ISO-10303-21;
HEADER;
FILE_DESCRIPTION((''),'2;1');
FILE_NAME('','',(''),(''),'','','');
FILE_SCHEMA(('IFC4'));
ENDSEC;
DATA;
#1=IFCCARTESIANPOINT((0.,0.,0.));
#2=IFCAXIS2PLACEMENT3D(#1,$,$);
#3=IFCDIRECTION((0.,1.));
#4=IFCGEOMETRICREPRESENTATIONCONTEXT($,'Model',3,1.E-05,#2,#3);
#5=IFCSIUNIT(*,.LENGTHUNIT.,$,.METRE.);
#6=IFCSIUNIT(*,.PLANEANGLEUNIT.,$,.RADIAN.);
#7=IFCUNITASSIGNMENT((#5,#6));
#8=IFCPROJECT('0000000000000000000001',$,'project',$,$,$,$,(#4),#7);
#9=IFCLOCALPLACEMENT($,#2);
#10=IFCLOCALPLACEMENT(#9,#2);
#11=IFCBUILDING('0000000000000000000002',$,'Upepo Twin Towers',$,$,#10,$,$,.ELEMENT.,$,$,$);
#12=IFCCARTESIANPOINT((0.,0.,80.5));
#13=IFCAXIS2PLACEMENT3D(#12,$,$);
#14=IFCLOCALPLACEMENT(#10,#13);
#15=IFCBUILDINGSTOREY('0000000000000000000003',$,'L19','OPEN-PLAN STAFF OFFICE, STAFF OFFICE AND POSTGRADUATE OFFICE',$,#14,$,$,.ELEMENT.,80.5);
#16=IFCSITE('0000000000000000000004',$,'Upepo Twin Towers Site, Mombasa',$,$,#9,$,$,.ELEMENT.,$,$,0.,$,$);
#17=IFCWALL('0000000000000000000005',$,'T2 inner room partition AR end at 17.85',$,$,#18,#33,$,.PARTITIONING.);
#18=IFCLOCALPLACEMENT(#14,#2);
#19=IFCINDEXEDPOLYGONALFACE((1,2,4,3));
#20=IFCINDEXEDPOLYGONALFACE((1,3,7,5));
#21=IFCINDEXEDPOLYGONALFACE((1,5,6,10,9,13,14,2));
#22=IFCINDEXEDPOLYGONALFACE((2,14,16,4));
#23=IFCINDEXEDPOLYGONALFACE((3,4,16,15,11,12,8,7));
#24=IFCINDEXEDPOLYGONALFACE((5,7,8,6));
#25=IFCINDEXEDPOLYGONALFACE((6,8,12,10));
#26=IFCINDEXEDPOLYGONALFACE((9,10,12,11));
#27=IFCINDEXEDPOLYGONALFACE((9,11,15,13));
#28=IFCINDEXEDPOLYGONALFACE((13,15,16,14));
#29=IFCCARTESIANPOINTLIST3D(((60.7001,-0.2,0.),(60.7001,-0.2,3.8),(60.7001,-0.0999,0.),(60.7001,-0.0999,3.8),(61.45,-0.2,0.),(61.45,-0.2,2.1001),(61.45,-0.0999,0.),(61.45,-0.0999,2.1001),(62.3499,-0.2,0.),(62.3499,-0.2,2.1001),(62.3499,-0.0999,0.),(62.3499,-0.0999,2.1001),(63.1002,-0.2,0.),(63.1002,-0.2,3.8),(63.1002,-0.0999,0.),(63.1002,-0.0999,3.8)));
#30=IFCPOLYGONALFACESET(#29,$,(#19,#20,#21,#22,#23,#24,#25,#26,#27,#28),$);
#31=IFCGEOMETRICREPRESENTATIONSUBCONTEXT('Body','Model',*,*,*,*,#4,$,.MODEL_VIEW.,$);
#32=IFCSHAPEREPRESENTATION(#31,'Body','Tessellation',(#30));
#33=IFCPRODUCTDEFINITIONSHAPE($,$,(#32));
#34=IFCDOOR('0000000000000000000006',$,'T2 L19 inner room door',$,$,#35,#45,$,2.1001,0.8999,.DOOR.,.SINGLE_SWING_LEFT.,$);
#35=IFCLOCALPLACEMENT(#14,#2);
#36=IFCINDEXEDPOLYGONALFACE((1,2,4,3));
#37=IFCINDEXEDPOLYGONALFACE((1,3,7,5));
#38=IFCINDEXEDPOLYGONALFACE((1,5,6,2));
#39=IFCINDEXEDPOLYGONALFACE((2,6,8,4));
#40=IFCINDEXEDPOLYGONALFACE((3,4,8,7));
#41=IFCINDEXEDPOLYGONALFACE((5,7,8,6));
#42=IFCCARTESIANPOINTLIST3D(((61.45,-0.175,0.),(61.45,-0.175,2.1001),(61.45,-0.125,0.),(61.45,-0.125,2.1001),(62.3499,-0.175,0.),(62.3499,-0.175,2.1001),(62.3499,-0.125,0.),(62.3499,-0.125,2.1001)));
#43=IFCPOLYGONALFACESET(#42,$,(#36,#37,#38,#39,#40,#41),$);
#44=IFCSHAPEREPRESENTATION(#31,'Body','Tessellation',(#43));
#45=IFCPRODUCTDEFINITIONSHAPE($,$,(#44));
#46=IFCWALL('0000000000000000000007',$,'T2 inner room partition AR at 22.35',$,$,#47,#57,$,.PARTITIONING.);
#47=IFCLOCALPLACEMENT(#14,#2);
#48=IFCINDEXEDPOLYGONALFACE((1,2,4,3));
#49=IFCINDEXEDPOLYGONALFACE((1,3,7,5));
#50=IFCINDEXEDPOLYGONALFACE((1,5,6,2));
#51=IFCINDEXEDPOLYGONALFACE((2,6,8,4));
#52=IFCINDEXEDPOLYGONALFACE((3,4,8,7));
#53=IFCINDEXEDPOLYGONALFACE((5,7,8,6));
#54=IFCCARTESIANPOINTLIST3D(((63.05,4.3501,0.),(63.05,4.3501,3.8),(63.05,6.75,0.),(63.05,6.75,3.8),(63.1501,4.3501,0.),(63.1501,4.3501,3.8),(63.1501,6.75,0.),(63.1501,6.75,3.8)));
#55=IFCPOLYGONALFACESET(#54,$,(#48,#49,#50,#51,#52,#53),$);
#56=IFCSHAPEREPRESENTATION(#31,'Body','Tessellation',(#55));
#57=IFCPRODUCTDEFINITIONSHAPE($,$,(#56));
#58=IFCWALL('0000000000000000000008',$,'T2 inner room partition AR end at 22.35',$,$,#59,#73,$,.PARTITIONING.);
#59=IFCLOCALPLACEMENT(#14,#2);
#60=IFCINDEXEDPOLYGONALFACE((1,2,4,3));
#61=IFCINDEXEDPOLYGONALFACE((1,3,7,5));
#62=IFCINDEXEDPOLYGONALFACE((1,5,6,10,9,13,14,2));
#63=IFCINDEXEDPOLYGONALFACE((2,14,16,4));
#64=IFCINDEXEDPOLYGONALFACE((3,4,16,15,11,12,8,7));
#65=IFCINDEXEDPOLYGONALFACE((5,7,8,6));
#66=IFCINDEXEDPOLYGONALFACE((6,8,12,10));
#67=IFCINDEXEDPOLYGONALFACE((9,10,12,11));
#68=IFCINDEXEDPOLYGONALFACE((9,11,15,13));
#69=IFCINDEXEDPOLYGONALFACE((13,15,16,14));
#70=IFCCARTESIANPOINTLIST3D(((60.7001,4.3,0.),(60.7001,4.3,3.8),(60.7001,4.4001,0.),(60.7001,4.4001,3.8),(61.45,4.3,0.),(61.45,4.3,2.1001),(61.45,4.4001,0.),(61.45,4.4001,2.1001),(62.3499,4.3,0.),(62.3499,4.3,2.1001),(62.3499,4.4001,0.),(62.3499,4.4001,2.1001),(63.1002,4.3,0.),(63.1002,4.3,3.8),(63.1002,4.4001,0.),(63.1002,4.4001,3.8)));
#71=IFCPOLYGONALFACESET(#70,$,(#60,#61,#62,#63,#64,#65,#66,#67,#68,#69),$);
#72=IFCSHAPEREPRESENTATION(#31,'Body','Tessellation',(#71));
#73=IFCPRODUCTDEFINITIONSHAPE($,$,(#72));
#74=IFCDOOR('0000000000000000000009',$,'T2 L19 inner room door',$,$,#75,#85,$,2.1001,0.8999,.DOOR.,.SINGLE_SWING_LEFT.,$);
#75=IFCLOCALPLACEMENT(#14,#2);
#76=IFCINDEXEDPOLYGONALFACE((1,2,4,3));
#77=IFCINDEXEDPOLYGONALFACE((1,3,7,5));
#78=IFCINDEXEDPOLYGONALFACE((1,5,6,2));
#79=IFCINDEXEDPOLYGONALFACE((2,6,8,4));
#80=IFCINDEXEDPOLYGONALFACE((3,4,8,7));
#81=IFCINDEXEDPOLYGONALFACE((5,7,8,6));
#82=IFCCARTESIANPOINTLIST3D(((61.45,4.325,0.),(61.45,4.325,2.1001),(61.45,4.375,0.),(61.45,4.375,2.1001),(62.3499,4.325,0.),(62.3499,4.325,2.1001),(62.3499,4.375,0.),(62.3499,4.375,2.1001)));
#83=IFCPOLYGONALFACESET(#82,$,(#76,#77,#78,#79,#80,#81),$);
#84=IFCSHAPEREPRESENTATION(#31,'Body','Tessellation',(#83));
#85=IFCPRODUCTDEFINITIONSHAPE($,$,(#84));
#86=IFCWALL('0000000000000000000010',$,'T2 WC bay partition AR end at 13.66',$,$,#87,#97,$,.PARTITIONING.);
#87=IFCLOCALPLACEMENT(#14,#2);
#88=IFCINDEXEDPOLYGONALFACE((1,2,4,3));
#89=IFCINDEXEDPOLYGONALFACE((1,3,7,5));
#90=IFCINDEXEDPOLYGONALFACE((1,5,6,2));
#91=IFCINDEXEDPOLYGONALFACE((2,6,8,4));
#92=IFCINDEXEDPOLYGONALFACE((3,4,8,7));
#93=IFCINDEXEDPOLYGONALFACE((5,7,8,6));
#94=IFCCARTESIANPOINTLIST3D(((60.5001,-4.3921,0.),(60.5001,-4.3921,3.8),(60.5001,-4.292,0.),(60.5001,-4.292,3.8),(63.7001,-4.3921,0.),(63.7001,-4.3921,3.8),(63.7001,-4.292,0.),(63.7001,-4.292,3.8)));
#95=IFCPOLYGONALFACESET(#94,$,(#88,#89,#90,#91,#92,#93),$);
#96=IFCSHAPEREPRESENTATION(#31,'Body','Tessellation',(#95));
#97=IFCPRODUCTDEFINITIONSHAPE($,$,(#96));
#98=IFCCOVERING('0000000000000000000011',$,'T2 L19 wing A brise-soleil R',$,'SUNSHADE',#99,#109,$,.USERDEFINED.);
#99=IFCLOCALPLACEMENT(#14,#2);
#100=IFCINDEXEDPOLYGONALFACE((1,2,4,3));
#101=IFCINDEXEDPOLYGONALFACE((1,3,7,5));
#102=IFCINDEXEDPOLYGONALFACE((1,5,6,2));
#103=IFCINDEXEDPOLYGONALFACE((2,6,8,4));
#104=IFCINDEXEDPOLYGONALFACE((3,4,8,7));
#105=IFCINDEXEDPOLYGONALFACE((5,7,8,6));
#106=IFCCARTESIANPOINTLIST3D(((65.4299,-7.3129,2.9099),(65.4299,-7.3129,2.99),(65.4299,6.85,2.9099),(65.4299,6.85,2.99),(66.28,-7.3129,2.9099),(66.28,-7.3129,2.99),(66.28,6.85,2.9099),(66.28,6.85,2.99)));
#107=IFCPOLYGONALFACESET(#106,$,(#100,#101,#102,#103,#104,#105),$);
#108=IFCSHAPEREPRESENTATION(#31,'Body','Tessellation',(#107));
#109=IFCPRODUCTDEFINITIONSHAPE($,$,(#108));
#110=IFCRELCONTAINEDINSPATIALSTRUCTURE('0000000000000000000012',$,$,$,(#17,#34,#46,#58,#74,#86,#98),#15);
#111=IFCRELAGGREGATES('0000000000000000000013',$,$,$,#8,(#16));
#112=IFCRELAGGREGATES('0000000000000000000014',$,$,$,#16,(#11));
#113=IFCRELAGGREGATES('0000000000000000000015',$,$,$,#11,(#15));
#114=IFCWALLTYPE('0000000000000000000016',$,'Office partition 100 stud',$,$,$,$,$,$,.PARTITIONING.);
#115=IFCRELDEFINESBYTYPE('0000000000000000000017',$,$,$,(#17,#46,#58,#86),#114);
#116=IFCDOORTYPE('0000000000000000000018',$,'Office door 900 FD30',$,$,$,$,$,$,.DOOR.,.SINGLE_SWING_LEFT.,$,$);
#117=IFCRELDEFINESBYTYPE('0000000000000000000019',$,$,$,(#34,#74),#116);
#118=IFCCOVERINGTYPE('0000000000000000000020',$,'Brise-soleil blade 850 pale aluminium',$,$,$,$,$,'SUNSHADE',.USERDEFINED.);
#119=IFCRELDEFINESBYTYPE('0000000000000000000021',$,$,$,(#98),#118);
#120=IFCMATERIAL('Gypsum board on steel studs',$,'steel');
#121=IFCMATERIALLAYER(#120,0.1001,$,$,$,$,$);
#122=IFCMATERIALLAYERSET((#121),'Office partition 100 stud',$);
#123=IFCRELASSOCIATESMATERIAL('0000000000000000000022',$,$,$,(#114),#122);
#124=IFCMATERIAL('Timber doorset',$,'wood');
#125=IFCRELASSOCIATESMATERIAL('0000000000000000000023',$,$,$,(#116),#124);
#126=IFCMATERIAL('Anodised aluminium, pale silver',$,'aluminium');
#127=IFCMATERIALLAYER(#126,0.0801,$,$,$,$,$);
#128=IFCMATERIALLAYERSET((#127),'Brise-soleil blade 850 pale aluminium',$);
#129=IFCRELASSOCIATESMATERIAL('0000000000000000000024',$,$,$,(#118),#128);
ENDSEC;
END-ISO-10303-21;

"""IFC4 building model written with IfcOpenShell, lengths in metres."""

from ifc_helpers import new_model, si_unit, direction, frame, frame_2d, origin, origin_2d, place, context, subcontext, project, spatial, rectangle, extrude, material, layer, layer_set, type_object, element, fill, save


model = new_model("IFC4")

# Units and contexts
model_context = context("Model", 3, precision=1e-05, world=origin(), true_north=direction((0.0, 1.0)))
body_context = subcontext(model_context, "Body", "Model", "MODEL_VIEW")
ifc_project = project(units=[si_unit("LENGTHUNIT", "METRE"), si_unit("PLANEANGLEUNIT", "RADIAN")], contexts=[model_context])

# Site, building, storey
site_placement = place(None, origin())
site = spatial("IfcSite", under=ifc_project, at=site_placement, Name="Upepo Twin Towers Site, Mombasa", CompositionType="ELEMENT", RefElevation=0.0)
building_placement = place(site_placement, origin())
building = spatial("IfcBuilding", under=site, at=building_placement, Name="Upepo Twin Towers", CompositionType="ELEMENT")
storey_placement = place(building_placement, frame((0.0, 0.0, 80.5)))
storey = spatial("IfcBuildingStorey", under=building, at=storey_placement, Name="L19", Description="OPEN-PLAN STAFF OFFICE, STAFF OFFICE AND POSTGRADUATE OFFICE", CompositionType="ELEMENT", Elevation=80.5)

# Shared definitions
ifc_material_1 = material(Name="Gypsum board on steel studs", Category="steel")
ifc_layer_1 = layer(ifc_material_1, 0.1001)
ifc_layer_set_1 = layer_set([ifc_layer_1], Name="Office partition 100 stud")
wall_type = type_object("IfcWallType", Name="Office partition 100 stud", PredefinedType="PARTITIONING", material=ifc_layer_set_1)

# Wall, opening, door
wall_1_placement = place(storey_placement, frame((60.7, -0.1499, 0.0), z_axis=(0.0, 0.0, 1.0), x_axis=(1.0, 0.0, 0.0)))
wall_1 = element("IfcWall", 1, at=wall_1_placement, inside=storey, type_object=wall_type, Name="T2 inner room partition AR end at 17.85", PredefinedType="PARTITIONING", context=body_context, shape_type="SweptSolid", body=[
    extrude(rectangle(XDim=2.4001, YDim=0.1001, at=frame_2d((1.2002, 0.0))), origin(), (0.0, 0.0, 1.0), 3.8),
])
opening_1_placement = place(wall_1_placement, frame((0.75, 0.0, 0.0)))
opening_1 = element("IfcOpeningElement", 2, at=opening_1_placement, cuts=wall_1, PredefinedType="OPENING", context=body_context, shape_type="SweptSolid", body=[
    extrude(rectangle(XDim=0.8999, YDim=2.1001, at=frame_2d((0.45, 1.05))), frame((0.0, 0.0601, 0.0), z_axis=(0.0, -1.0, 0.0), x_axis=(1.0, 0.0, 0.0)), (0.0, 0.0, 1.0), 0.1201),
])
ifc_material_2 = material(Name="Timber doorset", Category="wood")
door_type = type_object("IfcDoorType", Name="Office door 900 FD30", OperationType="SINGLE_SWING_LEFT", PredefinedType="DOOR", material=ifc_material_2)
door_1_placement = place(opening_1_placement, origin())
door_1 = element("IfcDoor", 3, at=door_1_placement, inside=storey, type_object=door_type, Name="T2 L19 inner room door", OperationType="SINGLE_SWING_LEFT", OverallHeight=2.1001, OverallWidth=0.8999, PredefinedType="DOOR", context=body_context, shape_type="SweptSolid", body=[
    extrude(rectangle(XDim=0.8999, YDim=2.1001, at=frame_2d((0.45, 1.05))), frame((0.0, 0.0249, 0.0), z_axis=(0.0, -1.0, 0.0), x_axis=(1.0, 0.0, 0.0)), (0.0, 0.0, 1.0), 0.05),
])
fill(opening_1, door_1)

# Wall
wall_2_placement = place(storey_placement, frame((63.1001, 4.3501, 0.0), z_axis=(0.0, 0.0, 1.0), x_axis=(0.0, 1.0, 0.0)))
element("IfcWall", 4, at=wall_2_placement, inside=storey, type_object=wall_type, Name="T2 inner room partition AR at 22.35", PredefinedType="PARTITIONING", context=body_context, shape_type="SweptSolid", body=[
    extrude(rectangle(XDim=2.3999, YDim=0.1001, at=frame_2d((1.2, 0.0))), origin(), (0.0, 0.0, 1.0), 3.8),
])

# Wall, opening, door
wall_3_placement = place(storey_placement, frame((60.7, 4.3501, 0.0), z_axis=(0.0, 0.0, 1.0), x_axis=(1.0, 0.0, 0.0)))
wall_3 = element("IfcWall", 5, at=wall_3_placement, inside=storey, type_object=wall_type, Name="T2 inner room partition AR end at 22.35", PredefinedType="PARTITIONING", context=body_context, shape_type="SweptSolid", body=[
    extrude(rectangle(XDim=2.4001, YDim=0.1001, at=frame_2d((1.2002, 0.0))), origin(), (0.0, 0.0, 1.0), 3.8),
])
opening_2_placement = place(wall_3_placement, frame((0.75, 0.0, 0.0)))
opening_2 = element("IfcOpeningElement", 6, at=opening_2_placement, cuts=wall_3, PredefinedType="OPENING", context=body_context, shape_type="SweptSolid", body=[
    extrude(rectangle(XDim=0.8999, YDim=2.1001, at=frame_2d((0.45, 1.05))), frame((0.0, 0.0601, 0.0), z_axis=(0.0, -1.0, 0.0), x_axis=(1.0, 0.0, 0.0)), (0.0, 0.0, 1.0), 0.1201),
])
door_2_placement = place(opening_2_placement, origin())
door_2 = element("IfcDoor", 7, at=door_2_placement, inside=storey, type_object=door_type, Name="T2 L19 inner room door", OperationType="SINGLE_SWING_LEFT", OverallHeight=2.1001, OverallWidth=0.8999, PredefinedType="DOOR", context=body_context, shape_type="SweptSolid", body=[
    extrude(rectangle(XDim=0.8999, YDim=2.1001, at=frame_2d((0.45, 1.05))), frame((0.0, 0.0249, 0.0), z_axis=(0.0, -1.0, 0.0), x_axis=(1.0, 0.0, 0.0)), (0.0, 0.0, 1.0), 0.05),
])
fill(opening_2, door_2)

# Wall
wall_4_placement = place(storey_placement, frame((60.5, -4.342, 0.0), z_axis=(0.0, 0.0, 1.0), x_axis=(1.0, 0.0, 0.0)))
element("IfcWall", 8, at=wall_4_placement, inside=storey, type_object=wall_type, Name="T2 WC bay partition AR end at 13.66", PredefinedType="PARTITIONING", context=body_context, shape_type="SweptSolid", body=[
    extrude(rectangle(XDim=3.2, YDim=0.1001, at=frame_2d((1.6001, 0.0))), origin(), (0.0, 0.0, 1.0), 3.8),
])

# Covering
ifc_material_3 = material(Name="Anodised aluminium, pale silver", Category="aluminium")
ifc_layer_2 = layer(ifc_material_3, 0.0801)
ifc_layer_set_2 = layer_set([ifc_layer_2], Name="Brise-soleil blade 850 pale aluminium")
covering_type = type_object("IfcCoveringType", Name="Brise-soleil blade 850 pale aluminium", ElementType="SUNSHADE", PredefinedType="USERDEFINED", material=ifc_layer_set_2)
covering_placement = place(storey_placement, frame((65.855, -0.2314, 2.9099), z_axis=(0.0, 0.0, 1.0), x_axis=(0.0, 1.0, 0.0)))
element("IfcCovering", 9, at=covering_placement, inside=storey, type_object=covering_type, Name="T2 L19 wing A brise-soleil R", ObjectType="SUNSHADE", PredefinedType="USERDEFINED", context=body_context, shape_type="SweptSolid", body=[
    extrude(rectangle(XDim=14.1628, YDim=0.8501, at=origin_2d()), origin(), (0.0, 0.0, 1.0), 0.0801),
])

save(model, "model.ifc")
